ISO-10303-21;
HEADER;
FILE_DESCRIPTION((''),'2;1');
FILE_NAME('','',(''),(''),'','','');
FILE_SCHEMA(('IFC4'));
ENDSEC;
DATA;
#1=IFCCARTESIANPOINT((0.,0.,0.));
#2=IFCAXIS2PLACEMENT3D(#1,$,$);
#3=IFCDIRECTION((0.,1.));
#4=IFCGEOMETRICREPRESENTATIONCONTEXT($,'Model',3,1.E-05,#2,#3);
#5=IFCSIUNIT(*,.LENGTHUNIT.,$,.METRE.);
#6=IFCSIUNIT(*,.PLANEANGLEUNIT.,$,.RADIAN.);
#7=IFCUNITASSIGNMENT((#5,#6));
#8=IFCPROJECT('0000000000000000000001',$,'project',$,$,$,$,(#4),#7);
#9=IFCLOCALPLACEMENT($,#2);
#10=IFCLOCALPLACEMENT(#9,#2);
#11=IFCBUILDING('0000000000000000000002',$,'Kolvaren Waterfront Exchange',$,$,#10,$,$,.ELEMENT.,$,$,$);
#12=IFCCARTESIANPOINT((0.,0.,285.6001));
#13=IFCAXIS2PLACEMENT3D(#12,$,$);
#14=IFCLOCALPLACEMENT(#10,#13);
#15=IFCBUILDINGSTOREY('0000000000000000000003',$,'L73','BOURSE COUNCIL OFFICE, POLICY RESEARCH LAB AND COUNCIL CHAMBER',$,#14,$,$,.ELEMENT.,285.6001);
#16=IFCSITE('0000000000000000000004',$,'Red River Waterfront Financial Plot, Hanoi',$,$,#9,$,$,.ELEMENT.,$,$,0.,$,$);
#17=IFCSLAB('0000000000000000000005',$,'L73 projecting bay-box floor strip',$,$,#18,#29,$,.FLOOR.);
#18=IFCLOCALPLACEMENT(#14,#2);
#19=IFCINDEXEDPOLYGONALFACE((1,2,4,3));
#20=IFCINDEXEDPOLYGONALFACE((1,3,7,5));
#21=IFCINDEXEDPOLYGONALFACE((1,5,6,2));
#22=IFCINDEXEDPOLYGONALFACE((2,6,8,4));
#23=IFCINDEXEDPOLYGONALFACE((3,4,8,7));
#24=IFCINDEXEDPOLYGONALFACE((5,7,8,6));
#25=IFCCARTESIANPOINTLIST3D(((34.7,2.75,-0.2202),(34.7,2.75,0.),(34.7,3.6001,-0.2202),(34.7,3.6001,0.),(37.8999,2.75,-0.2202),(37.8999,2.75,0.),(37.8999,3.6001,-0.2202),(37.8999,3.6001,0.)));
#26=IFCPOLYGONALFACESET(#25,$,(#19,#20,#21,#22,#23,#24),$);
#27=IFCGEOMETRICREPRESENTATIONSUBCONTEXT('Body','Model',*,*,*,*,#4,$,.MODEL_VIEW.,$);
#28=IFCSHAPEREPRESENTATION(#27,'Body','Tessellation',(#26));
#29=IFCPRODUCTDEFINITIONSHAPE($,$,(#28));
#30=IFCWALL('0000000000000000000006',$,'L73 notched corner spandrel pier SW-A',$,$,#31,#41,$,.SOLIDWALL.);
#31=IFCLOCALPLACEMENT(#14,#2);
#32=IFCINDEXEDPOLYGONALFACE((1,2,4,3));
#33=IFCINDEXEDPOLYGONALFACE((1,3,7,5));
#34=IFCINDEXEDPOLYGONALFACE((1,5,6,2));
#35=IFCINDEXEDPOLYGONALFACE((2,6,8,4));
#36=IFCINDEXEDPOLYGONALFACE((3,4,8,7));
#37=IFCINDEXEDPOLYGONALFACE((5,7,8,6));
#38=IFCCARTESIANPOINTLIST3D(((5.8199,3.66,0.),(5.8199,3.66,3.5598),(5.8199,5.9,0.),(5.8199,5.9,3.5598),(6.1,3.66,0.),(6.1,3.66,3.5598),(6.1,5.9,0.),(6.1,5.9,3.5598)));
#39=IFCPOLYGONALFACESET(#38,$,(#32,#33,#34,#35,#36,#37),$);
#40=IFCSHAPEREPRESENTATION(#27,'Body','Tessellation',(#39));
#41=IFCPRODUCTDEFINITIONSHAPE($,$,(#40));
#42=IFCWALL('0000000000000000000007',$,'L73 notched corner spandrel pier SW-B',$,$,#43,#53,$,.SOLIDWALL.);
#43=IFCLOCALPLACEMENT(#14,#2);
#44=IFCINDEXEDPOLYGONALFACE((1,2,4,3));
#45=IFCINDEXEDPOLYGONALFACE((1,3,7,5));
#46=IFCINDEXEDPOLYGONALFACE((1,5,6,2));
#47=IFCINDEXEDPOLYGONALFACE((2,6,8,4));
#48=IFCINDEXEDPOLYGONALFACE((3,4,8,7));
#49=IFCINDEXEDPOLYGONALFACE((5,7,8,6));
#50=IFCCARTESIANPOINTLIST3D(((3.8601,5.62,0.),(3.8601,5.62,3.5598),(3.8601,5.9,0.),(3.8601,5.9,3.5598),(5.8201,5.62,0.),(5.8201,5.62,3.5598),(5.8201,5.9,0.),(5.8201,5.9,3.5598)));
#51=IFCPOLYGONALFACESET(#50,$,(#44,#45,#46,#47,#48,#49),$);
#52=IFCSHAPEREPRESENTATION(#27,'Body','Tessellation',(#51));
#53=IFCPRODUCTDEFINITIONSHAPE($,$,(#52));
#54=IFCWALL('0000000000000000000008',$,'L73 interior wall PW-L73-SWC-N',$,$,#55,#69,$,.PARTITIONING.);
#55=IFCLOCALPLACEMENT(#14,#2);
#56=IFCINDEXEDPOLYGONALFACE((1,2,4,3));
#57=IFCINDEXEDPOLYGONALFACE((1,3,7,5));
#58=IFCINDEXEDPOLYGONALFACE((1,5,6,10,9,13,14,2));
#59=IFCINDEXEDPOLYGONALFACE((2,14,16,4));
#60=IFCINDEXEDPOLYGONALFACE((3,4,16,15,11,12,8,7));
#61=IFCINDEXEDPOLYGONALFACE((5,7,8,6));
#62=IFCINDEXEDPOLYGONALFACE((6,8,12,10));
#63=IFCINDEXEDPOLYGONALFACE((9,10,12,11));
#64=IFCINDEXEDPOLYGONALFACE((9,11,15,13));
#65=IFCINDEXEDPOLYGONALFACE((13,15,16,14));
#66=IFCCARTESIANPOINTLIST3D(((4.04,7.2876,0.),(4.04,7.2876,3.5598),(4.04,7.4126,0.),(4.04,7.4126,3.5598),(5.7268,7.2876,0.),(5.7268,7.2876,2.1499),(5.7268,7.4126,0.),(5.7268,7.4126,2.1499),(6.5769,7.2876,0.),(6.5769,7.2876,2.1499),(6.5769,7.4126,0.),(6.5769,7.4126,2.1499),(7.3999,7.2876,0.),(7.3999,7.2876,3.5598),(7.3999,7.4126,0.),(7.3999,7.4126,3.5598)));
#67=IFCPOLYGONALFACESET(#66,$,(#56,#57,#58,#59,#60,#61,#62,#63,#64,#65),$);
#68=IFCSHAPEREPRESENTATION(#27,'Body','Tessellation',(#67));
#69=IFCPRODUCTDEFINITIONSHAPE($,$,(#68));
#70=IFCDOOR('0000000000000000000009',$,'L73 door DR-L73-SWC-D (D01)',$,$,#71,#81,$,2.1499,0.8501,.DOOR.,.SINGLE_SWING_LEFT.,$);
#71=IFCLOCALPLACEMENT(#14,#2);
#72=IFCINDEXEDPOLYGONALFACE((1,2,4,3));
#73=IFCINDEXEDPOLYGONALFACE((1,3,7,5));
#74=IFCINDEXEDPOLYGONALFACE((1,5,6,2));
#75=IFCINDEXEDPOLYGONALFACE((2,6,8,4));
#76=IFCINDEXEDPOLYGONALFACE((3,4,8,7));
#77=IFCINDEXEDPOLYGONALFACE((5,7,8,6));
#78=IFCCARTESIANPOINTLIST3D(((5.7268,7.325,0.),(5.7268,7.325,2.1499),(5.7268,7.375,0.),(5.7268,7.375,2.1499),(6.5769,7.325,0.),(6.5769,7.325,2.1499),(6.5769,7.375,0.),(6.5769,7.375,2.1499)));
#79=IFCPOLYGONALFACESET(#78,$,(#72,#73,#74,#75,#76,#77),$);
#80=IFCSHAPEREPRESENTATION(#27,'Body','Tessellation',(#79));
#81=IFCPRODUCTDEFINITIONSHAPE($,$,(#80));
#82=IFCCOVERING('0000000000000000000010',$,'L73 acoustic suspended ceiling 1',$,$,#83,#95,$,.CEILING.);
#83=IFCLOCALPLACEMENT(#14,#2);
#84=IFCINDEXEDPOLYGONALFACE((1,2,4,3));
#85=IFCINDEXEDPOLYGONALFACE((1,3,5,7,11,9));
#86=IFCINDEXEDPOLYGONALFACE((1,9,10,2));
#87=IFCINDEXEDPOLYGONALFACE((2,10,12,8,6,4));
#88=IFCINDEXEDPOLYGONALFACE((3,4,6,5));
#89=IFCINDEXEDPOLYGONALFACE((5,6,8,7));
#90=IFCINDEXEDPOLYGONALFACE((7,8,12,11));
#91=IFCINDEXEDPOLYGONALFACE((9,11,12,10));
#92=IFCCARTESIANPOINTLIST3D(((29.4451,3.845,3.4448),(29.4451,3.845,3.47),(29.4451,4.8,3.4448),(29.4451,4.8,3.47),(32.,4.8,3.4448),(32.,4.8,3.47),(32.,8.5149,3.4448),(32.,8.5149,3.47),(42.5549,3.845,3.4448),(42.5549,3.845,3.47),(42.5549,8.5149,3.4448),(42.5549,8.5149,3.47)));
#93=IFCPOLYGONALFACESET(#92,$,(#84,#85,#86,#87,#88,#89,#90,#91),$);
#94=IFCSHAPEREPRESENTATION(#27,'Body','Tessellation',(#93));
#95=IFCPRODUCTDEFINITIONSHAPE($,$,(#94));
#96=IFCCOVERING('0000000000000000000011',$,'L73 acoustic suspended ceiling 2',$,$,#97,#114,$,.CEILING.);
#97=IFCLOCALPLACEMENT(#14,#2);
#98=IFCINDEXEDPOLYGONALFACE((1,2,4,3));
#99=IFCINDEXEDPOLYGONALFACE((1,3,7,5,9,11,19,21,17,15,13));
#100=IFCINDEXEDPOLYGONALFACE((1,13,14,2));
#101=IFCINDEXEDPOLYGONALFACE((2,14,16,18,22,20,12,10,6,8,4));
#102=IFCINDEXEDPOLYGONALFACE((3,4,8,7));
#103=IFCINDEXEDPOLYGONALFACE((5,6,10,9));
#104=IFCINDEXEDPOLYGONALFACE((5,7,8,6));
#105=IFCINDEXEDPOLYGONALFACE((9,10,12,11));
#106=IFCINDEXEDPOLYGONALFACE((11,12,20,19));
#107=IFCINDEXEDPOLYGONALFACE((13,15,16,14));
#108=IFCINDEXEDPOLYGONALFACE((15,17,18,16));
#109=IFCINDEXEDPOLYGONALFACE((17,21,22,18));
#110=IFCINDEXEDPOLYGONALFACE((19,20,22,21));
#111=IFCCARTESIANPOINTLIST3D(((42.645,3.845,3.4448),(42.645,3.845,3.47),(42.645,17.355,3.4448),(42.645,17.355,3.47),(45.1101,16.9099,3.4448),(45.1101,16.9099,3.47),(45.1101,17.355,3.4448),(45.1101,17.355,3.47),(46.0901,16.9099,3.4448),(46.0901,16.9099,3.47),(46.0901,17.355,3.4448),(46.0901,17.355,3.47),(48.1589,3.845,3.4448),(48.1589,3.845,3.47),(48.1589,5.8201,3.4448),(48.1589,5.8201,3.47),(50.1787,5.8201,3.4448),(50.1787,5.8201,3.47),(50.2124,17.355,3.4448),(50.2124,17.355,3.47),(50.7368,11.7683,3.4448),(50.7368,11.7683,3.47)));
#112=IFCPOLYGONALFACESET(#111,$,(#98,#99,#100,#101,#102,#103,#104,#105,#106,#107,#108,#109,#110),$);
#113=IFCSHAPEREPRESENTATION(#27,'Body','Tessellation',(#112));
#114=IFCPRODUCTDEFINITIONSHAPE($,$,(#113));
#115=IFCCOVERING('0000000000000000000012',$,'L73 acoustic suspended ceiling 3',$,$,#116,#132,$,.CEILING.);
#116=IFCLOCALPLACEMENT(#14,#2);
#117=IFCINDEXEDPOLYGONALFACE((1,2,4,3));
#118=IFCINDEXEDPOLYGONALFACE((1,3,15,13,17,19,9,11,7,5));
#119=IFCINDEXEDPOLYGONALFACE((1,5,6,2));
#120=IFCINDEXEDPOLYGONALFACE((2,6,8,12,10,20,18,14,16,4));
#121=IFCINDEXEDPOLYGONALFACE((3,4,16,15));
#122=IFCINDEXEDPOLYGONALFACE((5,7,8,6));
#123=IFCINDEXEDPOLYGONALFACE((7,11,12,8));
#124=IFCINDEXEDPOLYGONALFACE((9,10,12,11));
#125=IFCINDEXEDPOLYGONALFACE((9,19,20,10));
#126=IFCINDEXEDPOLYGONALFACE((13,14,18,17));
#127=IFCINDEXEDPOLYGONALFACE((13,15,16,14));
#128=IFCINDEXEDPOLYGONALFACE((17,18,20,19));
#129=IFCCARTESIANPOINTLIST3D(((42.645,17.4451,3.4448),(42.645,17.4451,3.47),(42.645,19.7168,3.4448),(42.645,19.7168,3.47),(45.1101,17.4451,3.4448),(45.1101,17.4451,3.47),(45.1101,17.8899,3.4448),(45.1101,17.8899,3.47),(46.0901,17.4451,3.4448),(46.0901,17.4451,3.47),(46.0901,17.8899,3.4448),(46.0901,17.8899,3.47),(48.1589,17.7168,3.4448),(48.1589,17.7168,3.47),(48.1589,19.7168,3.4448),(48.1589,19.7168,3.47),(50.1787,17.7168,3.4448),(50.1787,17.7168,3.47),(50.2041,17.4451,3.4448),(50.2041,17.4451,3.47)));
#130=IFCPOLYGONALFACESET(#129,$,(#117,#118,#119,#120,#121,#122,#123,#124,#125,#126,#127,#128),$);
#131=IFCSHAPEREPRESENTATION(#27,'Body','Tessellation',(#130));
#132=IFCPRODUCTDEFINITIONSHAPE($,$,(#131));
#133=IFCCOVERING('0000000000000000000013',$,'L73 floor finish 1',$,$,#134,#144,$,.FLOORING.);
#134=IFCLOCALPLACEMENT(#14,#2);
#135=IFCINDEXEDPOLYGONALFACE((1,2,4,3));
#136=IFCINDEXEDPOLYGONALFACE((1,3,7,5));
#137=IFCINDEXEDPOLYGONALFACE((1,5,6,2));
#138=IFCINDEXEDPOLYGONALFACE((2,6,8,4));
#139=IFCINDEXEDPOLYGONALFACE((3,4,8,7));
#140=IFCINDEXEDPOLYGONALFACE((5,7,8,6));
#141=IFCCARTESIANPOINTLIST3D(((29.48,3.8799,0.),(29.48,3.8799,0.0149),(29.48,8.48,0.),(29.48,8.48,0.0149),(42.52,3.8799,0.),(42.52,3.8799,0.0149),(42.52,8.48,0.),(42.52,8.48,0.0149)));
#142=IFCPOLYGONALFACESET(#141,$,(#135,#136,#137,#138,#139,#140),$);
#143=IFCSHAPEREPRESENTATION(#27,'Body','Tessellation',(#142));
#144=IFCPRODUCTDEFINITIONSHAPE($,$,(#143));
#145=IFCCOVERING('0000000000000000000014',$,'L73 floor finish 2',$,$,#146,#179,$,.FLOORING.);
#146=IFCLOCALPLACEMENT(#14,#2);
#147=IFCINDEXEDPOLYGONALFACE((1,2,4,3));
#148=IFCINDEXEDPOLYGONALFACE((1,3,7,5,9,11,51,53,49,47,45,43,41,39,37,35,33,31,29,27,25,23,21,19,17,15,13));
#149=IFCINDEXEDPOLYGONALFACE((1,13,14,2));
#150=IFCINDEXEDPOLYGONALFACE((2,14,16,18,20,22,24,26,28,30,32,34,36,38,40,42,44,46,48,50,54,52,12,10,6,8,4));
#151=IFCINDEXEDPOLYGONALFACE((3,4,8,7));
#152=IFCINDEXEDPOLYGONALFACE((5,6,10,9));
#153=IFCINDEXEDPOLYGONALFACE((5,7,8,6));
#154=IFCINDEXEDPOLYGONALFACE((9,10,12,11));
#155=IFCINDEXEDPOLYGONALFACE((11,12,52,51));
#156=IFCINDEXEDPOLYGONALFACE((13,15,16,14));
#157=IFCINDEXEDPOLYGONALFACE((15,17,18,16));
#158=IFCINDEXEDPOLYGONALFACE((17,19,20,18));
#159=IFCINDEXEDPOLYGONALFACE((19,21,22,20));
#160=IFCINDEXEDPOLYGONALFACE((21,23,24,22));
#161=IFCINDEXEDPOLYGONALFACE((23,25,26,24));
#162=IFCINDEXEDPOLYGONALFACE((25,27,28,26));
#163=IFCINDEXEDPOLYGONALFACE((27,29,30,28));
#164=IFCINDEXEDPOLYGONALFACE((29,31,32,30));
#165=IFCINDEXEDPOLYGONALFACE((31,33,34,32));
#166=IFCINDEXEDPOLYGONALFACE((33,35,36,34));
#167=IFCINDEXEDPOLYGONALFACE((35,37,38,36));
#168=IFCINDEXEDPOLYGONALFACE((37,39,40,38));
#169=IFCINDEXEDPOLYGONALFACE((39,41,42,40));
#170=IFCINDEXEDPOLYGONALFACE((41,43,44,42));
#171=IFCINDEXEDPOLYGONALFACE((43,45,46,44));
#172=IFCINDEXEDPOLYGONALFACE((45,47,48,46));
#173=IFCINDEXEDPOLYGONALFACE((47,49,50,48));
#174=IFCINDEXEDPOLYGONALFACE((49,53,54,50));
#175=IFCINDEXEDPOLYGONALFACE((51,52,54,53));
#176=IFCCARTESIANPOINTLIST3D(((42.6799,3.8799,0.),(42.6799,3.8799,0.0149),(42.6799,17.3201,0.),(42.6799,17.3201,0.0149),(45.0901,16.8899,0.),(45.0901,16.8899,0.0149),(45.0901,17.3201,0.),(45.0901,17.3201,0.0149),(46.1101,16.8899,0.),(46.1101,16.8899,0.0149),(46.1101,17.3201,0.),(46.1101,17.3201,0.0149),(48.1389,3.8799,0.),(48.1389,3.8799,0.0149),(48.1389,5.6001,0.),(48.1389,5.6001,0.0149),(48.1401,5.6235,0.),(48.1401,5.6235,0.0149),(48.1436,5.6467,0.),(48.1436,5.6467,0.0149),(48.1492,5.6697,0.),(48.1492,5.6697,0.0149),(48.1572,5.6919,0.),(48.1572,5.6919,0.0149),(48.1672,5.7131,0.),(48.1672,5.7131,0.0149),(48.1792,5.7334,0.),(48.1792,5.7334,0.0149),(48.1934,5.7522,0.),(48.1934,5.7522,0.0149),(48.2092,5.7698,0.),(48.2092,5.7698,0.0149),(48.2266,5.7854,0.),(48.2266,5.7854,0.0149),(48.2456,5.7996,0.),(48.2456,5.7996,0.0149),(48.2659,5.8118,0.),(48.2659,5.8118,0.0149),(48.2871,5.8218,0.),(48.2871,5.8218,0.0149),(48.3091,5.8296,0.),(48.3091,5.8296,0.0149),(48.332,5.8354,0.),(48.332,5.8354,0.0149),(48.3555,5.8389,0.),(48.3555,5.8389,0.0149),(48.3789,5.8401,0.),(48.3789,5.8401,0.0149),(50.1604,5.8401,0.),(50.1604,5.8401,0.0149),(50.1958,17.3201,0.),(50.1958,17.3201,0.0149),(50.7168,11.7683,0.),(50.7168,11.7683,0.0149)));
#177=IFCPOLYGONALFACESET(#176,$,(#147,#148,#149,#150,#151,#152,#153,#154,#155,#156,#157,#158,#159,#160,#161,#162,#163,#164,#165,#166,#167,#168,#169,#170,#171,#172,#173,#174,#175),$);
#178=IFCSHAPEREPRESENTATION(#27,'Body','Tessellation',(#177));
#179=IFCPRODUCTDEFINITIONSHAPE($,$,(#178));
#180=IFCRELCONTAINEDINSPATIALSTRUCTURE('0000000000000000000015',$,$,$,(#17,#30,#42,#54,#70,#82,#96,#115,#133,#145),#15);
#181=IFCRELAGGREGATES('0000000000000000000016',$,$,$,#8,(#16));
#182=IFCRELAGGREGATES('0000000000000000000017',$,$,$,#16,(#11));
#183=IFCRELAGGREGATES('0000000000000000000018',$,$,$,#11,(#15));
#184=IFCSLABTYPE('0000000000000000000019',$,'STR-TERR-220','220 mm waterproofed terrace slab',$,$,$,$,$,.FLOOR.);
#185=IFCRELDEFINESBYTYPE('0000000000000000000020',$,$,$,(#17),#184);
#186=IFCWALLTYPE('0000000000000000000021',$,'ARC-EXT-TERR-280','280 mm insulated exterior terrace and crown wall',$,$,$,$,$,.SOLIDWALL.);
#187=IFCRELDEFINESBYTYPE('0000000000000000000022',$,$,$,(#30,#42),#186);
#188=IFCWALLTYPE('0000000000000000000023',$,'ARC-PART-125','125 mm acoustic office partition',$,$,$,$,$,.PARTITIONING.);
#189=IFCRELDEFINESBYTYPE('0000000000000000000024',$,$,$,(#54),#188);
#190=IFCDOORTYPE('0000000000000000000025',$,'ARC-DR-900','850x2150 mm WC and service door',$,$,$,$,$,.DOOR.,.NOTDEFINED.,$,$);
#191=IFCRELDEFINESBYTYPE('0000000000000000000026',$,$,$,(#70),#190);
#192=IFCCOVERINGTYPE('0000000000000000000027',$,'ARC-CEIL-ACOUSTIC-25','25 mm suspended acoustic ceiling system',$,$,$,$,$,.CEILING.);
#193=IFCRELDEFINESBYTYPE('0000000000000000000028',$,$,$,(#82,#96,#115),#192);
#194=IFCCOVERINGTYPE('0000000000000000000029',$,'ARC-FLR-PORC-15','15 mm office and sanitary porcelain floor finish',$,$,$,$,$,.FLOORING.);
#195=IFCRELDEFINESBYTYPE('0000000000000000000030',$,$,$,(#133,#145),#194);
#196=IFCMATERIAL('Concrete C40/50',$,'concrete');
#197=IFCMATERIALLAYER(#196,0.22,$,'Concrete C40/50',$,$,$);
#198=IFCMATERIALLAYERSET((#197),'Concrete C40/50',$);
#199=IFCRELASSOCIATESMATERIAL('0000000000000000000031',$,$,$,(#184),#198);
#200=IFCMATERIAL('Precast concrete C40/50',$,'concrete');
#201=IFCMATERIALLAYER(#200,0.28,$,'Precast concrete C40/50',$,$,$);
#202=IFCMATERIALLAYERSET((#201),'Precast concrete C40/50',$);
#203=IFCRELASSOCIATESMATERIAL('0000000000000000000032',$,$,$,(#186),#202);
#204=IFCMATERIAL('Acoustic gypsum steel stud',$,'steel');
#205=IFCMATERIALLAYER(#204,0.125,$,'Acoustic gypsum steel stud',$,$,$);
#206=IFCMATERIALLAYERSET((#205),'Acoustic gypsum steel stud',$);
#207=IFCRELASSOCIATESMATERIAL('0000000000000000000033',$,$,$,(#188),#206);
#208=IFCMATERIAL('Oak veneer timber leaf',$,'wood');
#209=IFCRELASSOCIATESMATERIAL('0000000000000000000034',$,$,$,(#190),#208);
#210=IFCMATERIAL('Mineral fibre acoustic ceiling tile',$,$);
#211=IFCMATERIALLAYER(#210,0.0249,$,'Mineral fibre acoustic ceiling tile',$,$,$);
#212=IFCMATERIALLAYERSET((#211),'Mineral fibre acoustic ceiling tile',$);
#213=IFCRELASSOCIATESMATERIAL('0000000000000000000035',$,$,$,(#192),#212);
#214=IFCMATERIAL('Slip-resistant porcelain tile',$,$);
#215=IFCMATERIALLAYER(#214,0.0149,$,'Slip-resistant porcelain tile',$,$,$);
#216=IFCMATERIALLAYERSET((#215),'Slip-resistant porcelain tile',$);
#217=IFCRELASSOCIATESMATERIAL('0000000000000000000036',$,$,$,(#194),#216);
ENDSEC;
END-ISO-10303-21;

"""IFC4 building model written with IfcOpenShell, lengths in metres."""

from ifc_helpers import new_model, si_unit, direction, frame, frame_2d, origin, place, context, subcontext, project, spatial, polyline, rectangle, outline, extrude, material, layer, layer_set, type_object, element, fill, save


model = new_model("IFC4")

# Units and contexts
model_context = context("Model", 3, precision=1e-05, world=origin(), true_north=direction((0.0, 1.0)))
body_context = subcontext(model_context, "Body", "Model", "MODEL_VIEW")
ifc_project = project(units=[si_unit("LENGTHUNIT", "METRE"), si_unit("PLANEANGLEUNIT", "RADIAN")], contexts=[model_context])

# Site, building, storey
site_placement = place(None, origin())
site = spatial("IfcSite", under=ifc_project, at=site_placement, Name="Red River Waterfront Financial Plot, Hanoi", CompositionType="ELEMENT", RefElevation=0.0)
building_placement = place(site_placement, origin())
building = spatial("IfcBuilding", under=site, at=building_placement, Name="Kolvaren Waterfront Exchange", CompositionType="ELEMENT")
storey_placement = place(building_placement, frame((0.0, 0.0, 285.6001)))
storey = spatial("IfcBuildingStorey", under=building, at=storey_placement, Name="L73", Description="BOURSE COUNCIL OFFICE, POLICY RESEARCH LAB AND COUNCIL CHAMBER", CompositionType="ELEMENT", Elevation=285.6001)

# Shared definitions
ifc_material_1 = material(Name="Concrete C40/50", Category="concrete")

# Slab
ifc_layer_1 = layer(ifc_material_1, 0.22, Name="Concrete C40/50")
ifc_layer_set_1 = layer_set([ifc_layer_1], Name="Concrete C40/50")
slab_type_1 = type_object("IfcSlabType", Name="STR-TERR-220", Description="220 mm waterproofed terrace slab", PredefinedType="FLOOR", material=ifc_layer_set_1)
slab_1_placement = place(storey_placement, frame((0.0, 0.0, -0.2202)))
element("IfcSlab", 1, at=slab_1_placement, inside=storey, type_object=slab_type_1, Name="L73 projecting bay-box floor strip", PredefinedType="FLOOR", context=body_context, shape_type="SweptSolid", body=[
    extrude(outline(polyline([(34.7, 2.75), (37.8999, 2.75), (37.8999, 3.6001), (34.7, 3.6001), (34.7, 2.75)])), origin(), (0.0, 0.0, 1.0), 0.2202),
])

# Walls
ifc_material_2 = material(Name="Precast concrete C40/50", Category="concrete")
ifc_layer_2 = layer(ifc_material_2, 0.28, Name="Precast concrete C40/50")
ifc_layer_set_2 = layer_set([ifc_layer_2], Name="Precast concrete C40/50")
wall_type_1 = type_object("IfcWallType", Name="ARC-EXT-TERR-280", Description="280 mm insulated exterior terrace and crown wall", PredefinedType="SOLIDWALL", material=ifc_layer_set_2)
wall_1_placement = place(storey_placement, frame((5.96, 3.6599, 0.0), z_axis=(0.0, 0.0, 1.0), x_axis=(0.0, 1.0, 0.0)))
element("IfcWall", 2, at=wall_1_placement, inside=storey, type_object=wall_type_1, Name="L73 notched corner spandrel pier SW-A", PredefinedType="SOLIDWALL", context=body_context, shape_type="SweptSolid", body=[
    extrude(rectangle(XDim=2.24, YDim=0.28, at=frame_2d((1.1201, 0.0))), origin(), (0.0, 0.0, 1.0), 3.5598),
])
wall_2_placement = place(storey_placement, frame((3.8601, 5.76, 0.0), z_axis=(0.0, 0.0, 1.0), x_axis=(1.0, 0.0, 0.0)))
element("IfcWall", 3, at=wall_2_placement, inside=storey, type_object=wall_type_1, Name="L73 notched corner spandrel pier SW-B", PredefinedType="SOLIDWALL", context=body_context, shape_type="SweptSolid", body=[
    extrude(rectangle(XDim=1.96, YDim=0.28, at=frame_2d((0.98, 0.0))), origin(), (0.0, 0.0, 1.0), 3.5598),
])

# Wall, opening, door
ifc_material_3 = material(Name="Acoustic gypsum steel stud", Category="steel")
ifc_layer_3 = layer(ifc_material_3, 0.125, Name="Acoustic gypsum steel stud")
ifc_layer_set_3 = layer_set([ifc_layer_3], Name="Acoustic gypsum steel stud")
wall_type_2 = type_object("IfcWallType", Name="ARC-PART-125", Description="125 mm acoustic office partition", PredefinedType="PARTITIONING", material=ifc_layer_set_3)
wall_3_placement = place(storey_placement, frame((4.04, 7.3501, 0.0), z_axis=(0.0, 0.0, 1.0), x_axis=(1.0, 0.0, 0.0)))
wall_3 = element("IfcWall", 4, at=wall_3_placement, inside=storey, type_object=wall_type_2, Name="L73 interior wall PW-L73-SWC-N", PredefinedType="PARTITIONING", context=body_context, shape_type="SweptSolid", body=[
    extrude(rectangle(XDim=3.3599, YDim=0.125, at=frame_2d((1.6799, 0.0))), origin(), (0.0, 0.0, 1.0), 3.5598),
])
opening_placement = place(wall_3_placement, frame((1.6868, 0.0, 0.0)))
opening = element("IfcOpeningElement", 5, at=opening_placement, cuts=wall_3, PredefinedType="OPENING", context=body_context, shape_type="SweptSolid", body=[
    extrude(rectangle(XDim=0.8501, YDim=2.1499, at=frame_2d((0.425, 1.075))), frame((0.0, 0.0725, 0.0), z_axis=(0.0, -1.0, 0.0), x_axis=(1.0, 0.0, 0.0)), (0.0, 0.0, 1.0), 0.145),
])
ifc_material_4 = material(Name="Oak veneer timber leaf", Category="wood")
door_type = type_object("IfcDoorType", Name="ARC-DR-900", Description="850x2150 mm WC and service door", OperationType="NOTDEFINED", PredefinedType="DOOR", material=ifc_material_4)
door_placement = place(opening_placement, origin())
door = element("IfcDoor", 6, at=door_placement, inside=storey, type_object=door_type, Name="L73 door DR-L73-SWC-D (D01)", OperationType="SINGLE_SWING_LEFT", OverallHeight=2.1499, OverallWidth=0.8501, PredefinedType="DOOR", context=body_context, shape_type="SweptSolid", body=[
    extrude(rectangle(XDim=0.8501, YDim=2.1499, at=frame_2d((0.425, 1.075))), frame((0.0, 0.0249, 0.0), z_axis=(0.0, -1.0, 0.0), x_axis=(1.0, 0.0, 0.0)), (0.0, 0.0, 1.0), 0.05),
])
fill(opening, door)

# Coverings
ifc_material_5 = material(Name="Mineral fibre acoustic ceiling tile")
ifc_layer_4 = layer(ifc_material_5, 0.0249, Name="Mineral fibre acoustic ceiling tile")
ifc_layer_set_4 = layer_set([ifc_layer_4], Name="Mineral fibre acoustic ceiling tile")
covering_type_1 = type_object("IfcCoveringType", Name="ARC-CEIL-ACOUSTIC-25", Description="25 mm suspended acoustic ceiling system", PredefinedType="CEILING", material=ifc_layer_set_4)
covering_1_placement = place(storey_placement, frame((0.0, 0.0, 3.4448)))
element("IfcCovering", 7, at=covering_1_placement, inside=storey, type_object=covering_type_1, Name="L73 acoustic suspended ceiling 1", PredefinedType="CEILING", context=body_context, shape_type="SweptSolid", body=[
    extrude(outline(polyline([(42.5549, 3.845), (42.5549, 8.5149), (32.0, 8.5149), (32.0, 4.8), (29.4451, 4.8), (29.4451, 3.845), (42.5549, 3.845)])), origin(), (0.0, 0.0, 1.0), 0.0251),
])
covering_2_placement = place(storey_placement, frame((0.0, 0.0, 3.4448)))
element("IfcCovering", 8, at=covering_2_placement, inside=storey, type_object=covering_type_1, Name="L73 acoustic suspended ceiling 2", PredefinedType="CEILING", context=body_context, shape_type="SweptSolid", body=[
    extrude(outline(polyline([(46.0901, 17.355), (46.0901, 16.9099), (45.1101, 16.9099), (45.1101, 17.355), (42.645, 17.355), (42.645, 3.845), (48.1589, 3.845), (48.1589, 5.8201), (50.1787, 5.8201), (50.7368, 11.7683), (50.2124, 17.355), (46.0901, 17.355)])), origin(), (0.0, 0.0, 1.0), 0.0251),
])
covering_3_placement = place(storey_placement, frame((0.0, 0.0, 3.4448)))
element("IfcCovering", 9, at=covering_3_placement, inside=storey, type_object=covering_type_1, Name="L73 acoustic suspended ceiling 3", PredefinedType="CEILING", context=body_context, shape_type="SweptSolid", body=[
    extrude(outline(polyline([(45.1101, 17.4451), (45.1101, 17.8899), (46.0901, 17.8899), (46.0901, 17.4451), (50.2041, 17.4451), (50.1787, 17.7168), (48.1589, 17.7168), (48.1589, 19.7168), (42.645, 19.7168), (42.645, 17.4451), (45.1101, 17.4451)])), origin(), (0.0, 0.0, 1.0), 0.0251),
])
ifc_material_6 = material(Name="Slip-resistant porcelain tile")
ifc_layer_5 = layer(ifc_material_6, 0.0149, Name="Slip-resistant porcelain tile")
ifc_layer_set_5 = layer_set([ifc_layer_5], Name="Slip-resistant porcelain tile")
covering_type_2 = type_object("IfcCoveringType", Name="ARC-FLR-PORC-15", Description="15 mm office and sanitary porcelain floor finish", PredefinedType="FLOORING", material=ifc_layer_set_5)
covering_4_placement = place(storey_placement, origin())
element("IfcCovering", 10, at=covering_4_placement, inside=storey, type_object=covering_type_2, Name="L73 floor finish 1", PredefinedType="FLOORING", context=body_context, shape_type="SweptSolid", body=[
    extrude(outline(polyline([(29.48, 8.48), (29.48, 3.8799), (42.52, 3.8799), (42.52, 8.48), (29.48, 8.48)])), origin(), (0.0, 0.0, 1.0), 0.0149),
])
covering_5_placement = place(storey_placement, origin())
element("IfcCovering", 11, at=covering_5_placement, inside=storey, type_object=covering_type_2, Name="L73 floor finish 2", PredefinedType="FLOORING", context=body_context, shape_type="SweptSolid", body=[
    extrude(outline(polyline([(42.6799, 17.3201), (42.6799, 3.8799), (48.1389, 3.8799), (48.1389, 5.6001), (48.1401, 5.6235), (48.1436, 5.6467), (48.1492, 5.6697), (48.1572, 5.6919), (48.1672, 5.7131), (48.1792, 5.7334), (48.1934, 5.7522), (48.2092, 5.7698), (48.2266, 5.7854), (48.2456, 5.7996), (48.2659, 5.8118), (48.2871, 5.8218), (48.3091, 5.8296), (48.332, 5.8354), (48.3555, 5.8389), (48.3789, 5.8401), (50.1604, 5.8401), (50.7168, 11.7683), (50.1958, 17.3201), (46.1101, 17.3201), (46.1101, 16.8899), (45.0901, 16.8899), (45.0901, 17.3201), (42.6799, 17.3201)])), origin(), (0.0, 0.0, 1.0), 0.0149),
])

save(model, "model.ifc")
